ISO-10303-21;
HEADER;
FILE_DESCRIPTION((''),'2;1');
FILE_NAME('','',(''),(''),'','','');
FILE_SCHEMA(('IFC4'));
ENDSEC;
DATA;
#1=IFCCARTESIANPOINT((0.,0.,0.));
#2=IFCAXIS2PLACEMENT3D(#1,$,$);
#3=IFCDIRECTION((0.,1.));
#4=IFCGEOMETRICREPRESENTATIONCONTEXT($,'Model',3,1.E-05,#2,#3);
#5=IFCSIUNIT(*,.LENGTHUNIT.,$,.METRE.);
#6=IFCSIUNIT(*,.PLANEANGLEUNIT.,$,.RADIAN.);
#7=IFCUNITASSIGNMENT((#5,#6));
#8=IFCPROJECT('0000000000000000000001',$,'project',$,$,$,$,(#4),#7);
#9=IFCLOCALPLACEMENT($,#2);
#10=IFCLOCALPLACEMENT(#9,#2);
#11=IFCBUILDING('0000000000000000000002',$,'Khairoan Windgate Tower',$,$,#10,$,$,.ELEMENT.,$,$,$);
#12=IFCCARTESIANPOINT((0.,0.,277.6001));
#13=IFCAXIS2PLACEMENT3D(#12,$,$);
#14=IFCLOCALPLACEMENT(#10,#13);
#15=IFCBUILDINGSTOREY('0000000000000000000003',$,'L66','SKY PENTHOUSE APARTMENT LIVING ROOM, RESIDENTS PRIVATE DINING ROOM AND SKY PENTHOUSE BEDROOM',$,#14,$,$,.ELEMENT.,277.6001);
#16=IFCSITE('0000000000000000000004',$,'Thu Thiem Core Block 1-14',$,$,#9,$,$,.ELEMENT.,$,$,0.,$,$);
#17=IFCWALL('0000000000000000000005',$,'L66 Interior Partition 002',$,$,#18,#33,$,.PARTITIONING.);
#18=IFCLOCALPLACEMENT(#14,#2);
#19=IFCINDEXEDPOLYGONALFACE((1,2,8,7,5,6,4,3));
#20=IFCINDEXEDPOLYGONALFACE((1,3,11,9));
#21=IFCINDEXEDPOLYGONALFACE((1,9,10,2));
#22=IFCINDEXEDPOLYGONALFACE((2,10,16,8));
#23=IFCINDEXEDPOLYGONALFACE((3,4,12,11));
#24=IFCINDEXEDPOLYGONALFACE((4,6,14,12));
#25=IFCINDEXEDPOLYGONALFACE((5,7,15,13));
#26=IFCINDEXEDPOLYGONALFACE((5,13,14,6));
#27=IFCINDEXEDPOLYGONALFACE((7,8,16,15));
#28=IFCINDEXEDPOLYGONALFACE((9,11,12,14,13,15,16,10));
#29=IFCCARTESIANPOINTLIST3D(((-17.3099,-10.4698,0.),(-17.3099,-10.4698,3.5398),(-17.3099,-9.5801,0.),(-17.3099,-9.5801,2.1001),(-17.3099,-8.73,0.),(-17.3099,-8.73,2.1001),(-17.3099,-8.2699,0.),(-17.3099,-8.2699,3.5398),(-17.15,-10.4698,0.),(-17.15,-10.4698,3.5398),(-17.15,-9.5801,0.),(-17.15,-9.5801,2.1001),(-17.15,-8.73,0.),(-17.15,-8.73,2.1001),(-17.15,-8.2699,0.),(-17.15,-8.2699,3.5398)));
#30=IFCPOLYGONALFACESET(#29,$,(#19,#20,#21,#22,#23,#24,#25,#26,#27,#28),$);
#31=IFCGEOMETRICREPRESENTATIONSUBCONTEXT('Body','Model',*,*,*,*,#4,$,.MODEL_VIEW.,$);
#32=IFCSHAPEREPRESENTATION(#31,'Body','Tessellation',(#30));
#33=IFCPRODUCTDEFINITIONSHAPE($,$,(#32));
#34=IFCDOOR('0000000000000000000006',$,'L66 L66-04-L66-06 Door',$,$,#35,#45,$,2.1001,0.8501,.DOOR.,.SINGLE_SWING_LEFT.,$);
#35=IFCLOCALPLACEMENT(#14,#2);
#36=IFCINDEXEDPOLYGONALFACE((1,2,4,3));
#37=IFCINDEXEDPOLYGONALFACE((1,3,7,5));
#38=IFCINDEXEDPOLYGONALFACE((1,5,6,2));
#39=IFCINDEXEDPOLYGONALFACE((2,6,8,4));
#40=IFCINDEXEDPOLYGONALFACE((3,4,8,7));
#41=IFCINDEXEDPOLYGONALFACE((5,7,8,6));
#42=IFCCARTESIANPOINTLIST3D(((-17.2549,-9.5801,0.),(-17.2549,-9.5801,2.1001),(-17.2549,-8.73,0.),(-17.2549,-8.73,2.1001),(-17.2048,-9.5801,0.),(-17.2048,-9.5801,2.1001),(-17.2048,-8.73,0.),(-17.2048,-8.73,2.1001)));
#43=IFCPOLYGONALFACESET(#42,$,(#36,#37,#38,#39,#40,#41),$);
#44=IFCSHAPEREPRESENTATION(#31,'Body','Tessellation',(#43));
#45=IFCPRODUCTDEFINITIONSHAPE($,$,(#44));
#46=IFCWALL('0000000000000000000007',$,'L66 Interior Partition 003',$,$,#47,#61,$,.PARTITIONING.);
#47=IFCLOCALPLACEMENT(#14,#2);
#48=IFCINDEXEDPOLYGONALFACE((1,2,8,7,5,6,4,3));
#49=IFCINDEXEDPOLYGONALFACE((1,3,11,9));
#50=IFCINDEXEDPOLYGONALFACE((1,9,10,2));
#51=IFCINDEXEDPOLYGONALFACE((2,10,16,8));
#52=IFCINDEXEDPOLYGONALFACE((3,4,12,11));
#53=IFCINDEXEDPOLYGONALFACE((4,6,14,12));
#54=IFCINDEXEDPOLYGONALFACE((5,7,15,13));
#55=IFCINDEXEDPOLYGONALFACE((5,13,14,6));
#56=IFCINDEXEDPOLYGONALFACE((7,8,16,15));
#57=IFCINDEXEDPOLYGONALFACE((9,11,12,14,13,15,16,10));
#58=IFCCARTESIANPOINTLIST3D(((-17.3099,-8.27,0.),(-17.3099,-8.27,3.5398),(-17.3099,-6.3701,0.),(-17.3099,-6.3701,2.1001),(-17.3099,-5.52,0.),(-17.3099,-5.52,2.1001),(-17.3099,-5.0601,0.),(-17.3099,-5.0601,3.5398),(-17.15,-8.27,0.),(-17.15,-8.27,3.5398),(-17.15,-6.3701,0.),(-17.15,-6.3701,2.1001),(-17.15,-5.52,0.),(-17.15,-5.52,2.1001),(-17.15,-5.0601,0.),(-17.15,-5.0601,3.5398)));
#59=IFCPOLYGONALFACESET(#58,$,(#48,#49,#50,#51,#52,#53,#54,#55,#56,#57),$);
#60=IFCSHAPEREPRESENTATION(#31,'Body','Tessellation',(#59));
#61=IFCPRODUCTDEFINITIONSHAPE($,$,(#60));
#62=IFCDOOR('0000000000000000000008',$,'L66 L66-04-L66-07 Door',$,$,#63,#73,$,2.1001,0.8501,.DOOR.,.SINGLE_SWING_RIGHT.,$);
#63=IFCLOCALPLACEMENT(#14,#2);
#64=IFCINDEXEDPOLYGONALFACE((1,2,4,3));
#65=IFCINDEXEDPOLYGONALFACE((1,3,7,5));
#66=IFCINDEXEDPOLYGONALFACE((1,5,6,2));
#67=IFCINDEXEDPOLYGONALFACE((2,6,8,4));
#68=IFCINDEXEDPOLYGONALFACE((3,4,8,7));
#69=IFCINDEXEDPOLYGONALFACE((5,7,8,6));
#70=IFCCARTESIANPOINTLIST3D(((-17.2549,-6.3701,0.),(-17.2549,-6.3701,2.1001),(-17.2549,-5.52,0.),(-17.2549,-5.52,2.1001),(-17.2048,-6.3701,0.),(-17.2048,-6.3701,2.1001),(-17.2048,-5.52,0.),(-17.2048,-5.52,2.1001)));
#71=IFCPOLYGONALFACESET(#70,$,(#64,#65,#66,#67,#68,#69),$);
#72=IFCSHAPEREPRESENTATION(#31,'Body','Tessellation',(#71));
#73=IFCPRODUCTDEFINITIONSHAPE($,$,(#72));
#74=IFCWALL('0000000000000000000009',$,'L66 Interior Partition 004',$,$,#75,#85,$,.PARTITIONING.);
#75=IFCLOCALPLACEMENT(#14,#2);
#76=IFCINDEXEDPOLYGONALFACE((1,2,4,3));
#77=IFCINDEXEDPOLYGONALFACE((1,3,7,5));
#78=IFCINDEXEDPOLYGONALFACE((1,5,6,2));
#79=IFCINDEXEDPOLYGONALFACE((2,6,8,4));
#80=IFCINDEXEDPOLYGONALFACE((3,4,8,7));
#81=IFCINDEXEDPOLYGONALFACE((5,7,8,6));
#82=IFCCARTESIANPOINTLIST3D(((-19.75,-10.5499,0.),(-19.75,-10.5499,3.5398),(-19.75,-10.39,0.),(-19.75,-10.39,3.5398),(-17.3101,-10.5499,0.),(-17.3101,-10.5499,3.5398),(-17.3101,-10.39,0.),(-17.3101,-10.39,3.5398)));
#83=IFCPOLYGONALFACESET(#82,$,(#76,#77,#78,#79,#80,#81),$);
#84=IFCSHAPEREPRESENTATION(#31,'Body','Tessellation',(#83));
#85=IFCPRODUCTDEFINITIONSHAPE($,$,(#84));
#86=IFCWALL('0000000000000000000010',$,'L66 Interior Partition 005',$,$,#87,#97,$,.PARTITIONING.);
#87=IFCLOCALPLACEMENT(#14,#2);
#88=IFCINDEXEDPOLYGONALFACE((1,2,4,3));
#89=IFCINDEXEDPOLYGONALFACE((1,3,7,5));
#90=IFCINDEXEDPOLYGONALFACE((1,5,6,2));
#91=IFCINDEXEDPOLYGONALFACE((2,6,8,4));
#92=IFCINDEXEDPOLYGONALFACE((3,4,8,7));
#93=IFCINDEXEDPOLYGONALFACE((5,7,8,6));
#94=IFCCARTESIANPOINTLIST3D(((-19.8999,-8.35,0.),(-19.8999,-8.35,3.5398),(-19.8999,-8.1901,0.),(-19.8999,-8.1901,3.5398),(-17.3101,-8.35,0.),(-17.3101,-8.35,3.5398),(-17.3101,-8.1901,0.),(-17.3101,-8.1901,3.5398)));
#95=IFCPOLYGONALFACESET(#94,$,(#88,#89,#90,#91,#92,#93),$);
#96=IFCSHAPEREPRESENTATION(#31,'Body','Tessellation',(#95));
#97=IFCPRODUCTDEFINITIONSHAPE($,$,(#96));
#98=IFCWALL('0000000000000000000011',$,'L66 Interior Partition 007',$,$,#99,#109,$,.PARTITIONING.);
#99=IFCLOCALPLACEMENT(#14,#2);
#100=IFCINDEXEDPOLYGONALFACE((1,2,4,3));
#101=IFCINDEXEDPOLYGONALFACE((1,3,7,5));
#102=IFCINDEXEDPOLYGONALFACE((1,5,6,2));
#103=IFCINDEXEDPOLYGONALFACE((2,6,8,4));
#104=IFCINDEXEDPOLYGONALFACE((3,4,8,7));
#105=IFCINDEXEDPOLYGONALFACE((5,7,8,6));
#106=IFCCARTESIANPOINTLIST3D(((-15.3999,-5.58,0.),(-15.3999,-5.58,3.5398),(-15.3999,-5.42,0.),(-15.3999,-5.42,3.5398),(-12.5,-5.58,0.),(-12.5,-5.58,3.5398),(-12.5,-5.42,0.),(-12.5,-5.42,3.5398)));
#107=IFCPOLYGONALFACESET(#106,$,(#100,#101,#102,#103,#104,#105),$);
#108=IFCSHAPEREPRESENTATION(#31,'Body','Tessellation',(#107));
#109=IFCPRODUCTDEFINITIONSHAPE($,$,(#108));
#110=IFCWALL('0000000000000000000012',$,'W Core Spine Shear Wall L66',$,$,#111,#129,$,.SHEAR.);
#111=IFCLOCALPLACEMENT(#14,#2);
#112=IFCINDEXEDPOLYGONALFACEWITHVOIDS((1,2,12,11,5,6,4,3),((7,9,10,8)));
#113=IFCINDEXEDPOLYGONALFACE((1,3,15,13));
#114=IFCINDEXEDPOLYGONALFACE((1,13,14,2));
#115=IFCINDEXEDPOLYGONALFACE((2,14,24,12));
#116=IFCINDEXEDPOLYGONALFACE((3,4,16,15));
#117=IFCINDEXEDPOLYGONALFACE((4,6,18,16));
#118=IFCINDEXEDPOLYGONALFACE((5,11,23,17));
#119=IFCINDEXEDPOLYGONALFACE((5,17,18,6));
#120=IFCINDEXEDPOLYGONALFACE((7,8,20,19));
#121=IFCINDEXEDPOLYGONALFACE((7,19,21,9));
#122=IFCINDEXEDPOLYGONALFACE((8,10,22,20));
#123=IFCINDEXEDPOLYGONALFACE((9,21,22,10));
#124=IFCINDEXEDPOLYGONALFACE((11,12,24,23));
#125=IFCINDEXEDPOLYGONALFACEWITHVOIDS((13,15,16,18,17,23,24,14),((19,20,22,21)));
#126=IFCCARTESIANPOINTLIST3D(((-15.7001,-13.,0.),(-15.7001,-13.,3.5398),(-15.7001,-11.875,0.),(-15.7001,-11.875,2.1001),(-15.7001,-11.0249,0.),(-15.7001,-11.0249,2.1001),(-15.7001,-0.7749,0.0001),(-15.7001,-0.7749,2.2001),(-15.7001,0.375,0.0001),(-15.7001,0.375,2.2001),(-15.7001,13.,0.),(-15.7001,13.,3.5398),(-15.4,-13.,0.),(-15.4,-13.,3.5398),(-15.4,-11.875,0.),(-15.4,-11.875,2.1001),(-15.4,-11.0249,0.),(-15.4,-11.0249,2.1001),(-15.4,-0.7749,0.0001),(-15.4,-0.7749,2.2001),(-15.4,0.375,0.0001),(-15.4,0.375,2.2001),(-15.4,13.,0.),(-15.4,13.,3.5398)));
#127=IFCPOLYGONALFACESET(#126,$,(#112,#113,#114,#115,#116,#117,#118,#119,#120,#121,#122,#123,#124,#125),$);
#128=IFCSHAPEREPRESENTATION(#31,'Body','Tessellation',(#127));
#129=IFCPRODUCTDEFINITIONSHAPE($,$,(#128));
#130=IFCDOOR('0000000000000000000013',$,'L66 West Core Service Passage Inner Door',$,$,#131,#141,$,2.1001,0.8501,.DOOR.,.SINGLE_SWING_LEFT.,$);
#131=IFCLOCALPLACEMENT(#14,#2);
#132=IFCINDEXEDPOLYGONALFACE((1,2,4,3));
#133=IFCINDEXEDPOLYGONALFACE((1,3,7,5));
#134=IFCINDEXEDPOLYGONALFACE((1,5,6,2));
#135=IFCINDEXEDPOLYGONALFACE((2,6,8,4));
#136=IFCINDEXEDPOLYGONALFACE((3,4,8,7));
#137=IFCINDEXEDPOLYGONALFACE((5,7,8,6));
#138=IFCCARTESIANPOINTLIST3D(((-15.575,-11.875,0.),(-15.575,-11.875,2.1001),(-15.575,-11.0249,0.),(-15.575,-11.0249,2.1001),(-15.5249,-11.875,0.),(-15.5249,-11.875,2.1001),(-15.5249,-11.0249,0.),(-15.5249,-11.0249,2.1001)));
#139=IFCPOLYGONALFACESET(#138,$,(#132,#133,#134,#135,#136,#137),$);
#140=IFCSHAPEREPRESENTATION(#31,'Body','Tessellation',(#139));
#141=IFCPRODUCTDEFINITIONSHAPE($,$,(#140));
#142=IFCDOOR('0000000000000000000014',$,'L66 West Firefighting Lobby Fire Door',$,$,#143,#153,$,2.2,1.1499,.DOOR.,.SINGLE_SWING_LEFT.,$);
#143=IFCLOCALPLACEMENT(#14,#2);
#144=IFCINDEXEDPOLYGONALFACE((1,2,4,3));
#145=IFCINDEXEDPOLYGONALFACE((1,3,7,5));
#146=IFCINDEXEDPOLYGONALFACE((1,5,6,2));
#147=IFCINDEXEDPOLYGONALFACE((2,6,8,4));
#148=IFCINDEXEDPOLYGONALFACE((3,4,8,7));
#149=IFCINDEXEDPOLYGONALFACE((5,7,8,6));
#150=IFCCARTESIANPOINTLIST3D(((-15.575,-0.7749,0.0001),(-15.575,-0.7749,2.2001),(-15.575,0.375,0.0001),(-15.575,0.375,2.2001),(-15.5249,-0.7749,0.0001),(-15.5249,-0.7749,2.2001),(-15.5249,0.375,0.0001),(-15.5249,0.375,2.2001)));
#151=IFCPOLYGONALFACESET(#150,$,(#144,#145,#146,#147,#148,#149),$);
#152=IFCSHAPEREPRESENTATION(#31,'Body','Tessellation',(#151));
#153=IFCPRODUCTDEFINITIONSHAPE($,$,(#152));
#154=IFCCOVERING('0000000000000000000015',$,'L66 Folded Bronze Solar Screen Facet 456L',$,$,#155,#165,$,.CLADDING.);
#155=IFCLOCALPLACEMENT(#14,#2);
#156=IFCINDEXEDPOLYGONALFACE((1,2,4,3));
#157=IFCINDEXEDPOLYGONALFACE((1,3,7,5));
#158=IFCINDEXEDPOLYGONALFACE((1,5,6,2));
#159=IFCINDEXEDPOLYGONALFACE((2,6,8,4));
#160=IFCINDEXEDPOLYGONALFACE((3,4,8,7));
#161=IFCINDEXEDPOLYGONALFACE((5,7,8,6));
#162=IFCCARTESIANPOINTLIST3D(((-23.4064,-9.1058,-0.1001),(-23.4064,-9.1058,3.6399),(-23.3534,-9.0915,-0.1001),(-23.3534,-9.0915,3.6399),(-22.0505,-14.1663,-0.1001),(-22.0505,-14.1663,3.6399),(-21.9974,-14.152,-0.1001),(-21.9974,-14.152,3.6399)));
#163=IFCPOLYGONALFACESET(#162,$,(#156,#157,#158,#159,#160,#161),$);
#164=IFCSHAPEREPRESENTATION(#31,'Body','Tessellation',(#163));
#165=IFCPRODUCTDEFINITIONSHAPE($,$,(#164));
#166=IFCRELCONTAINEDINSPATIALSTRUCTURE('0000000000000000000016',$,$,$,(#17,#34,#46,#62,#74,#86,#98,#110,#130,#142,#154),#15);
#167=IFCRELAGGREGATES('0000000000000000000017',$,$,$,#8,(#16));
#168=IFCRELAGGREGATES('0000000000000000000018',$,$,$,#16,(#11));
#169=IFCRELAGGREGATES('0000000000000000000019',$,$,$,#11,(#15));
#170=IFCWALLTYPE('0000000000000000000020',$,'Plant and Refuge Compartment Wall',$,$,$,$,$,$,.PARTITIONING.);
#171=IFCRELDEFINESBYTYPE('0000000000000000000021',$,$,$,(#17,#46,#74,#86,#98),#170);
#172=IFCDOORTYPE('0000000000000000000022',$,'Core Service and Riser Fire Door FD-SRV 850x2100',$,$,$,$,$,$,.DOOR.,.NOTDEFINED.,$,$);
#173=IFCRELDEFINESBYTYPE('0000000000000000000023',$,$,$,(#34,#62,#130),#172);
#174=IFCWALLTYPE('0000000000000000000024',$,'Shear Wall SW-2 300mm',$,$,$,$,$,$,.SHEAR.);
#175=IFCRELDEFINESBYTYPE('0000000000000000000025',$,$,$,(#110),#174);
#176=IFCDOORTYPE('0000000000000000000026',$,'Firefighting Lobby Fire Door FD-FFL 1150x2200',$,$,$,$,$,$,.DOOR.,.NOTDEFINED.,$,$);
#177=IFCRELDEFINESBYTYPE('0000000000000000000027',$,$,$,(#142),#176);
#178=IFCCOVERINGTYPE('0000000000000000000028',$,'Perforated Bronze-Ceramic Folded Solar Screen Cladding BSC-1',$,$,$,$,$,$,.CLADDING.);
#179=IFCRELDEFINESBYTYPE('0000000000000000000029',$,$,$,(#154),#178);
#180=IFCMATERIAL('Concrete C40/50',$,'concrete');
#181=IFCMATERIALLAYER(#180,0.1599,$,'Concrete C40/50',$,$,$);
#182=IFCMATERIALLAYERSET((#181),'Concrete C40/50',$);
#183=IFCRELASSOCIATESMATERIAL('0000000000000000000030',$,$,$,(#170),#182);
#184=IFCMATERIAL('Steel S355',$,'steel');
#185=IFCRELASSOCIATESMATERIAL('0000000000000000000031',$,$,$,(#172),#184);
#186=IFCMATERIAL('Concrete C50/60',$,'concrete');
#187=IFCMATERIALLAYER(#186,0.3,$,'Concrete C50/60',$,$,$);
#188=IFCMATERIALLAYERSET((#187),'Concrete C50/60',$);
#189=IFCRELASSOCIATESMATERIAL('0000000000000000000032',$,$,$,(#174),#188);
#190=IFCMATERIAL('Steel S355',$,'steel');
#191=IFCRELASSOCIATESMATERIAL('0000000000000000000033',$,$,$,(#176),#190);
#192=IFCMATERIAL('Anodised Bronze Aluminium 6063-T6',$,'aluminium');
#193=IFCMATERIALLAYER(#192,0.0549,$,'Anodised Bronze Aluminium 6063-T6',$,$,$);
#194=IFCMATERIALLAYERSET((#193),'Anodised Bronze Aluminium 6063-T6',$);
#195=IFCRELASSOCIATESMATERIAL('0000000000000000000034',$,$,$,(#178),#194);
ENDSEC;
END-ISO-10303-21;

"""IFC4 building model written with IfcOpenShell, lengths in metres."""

from ifc_helpers import new_model, si_unit, direction, frame, frame_2d, origin, origin_2d, place, context, subcontext, project, spatial, rectangle, extrude, material, layer, layer_set, type_object, element, fill, save


model = new_model("IFC4")

# Units and contexts
model_context = context("Model", 3, precision=1e-05, world=origin(), true_north=direction((0.0, 1.0)))
body_context = subcontext(model_context, "Body", "Model", "MODEL_VIEW")
ifc_project = project(units=[si_unit("LENGTHUNIT", "METRE"), si_unit("PLANEANGLEUNIT", "RADIAN")], contexts=[model_context])

# Site, building, storey
site_placement = place(None, origin())
site = spatial("IfcSite", under=ifc_project, at=site_placement, Name="Thu Thiem Core Block 1-14", CompositionType="ELEMENT", RefElevation=0.0)
building_placement = place(site_placement, origin())
building = spatial("IfcBuilding", under=site, at=building_placement, Name="Khairoan Windgate Tower", CompositionType="ELEMENT")
storey_placement = place(building_placement, frame((0.0, 0.0, 277.6001)))
storey = spatial("IfcBuildingStorey", under=building, at=storey_placement, Name="L66", Description="SKY PENTHOUSE APARTMENT LIVING ROOM, RESIDENTS PRIVATE DINING ROOM AND SKY PENTHOUSE BEDROOM", CompositionType="ELEMENT", Elevation=277.6001)

# Walls, openings, doors
ifc_material_1 = material(Name="Concrete C40/50", Category="concrete")
ifc_layer_1 = layer(ifc_material_1, 0.1599, Name="Concrete C40/50")
ifc_layer_set_1 = layer_set([ifc_layer_1], Name="Concrete C40/50")
wall_type_1 = type_object("IfcWallType", Name="Plant and Refuge Compartment Wall", PredefinedType="PARTITIONING", material=ifc_layer_set_1)
ifc_material_2 = material(Name="Steel S355", Category="steel")
door_type_1 = type_object("IfcDoorType", Name="Core Service and Riser Fire Door FD-SRV 850x2100", OperationType="NOTDEFINED", PredefinedType="DOOR", material=ifc_material_2)
wall_1_placement = place(storey_placement, frame((-17.23, -10.47, 0.0), z_axis=(0.0, 0.0, 1.0), x_axis=(0.0, 1.0, 0.0)))
wall_1 = element("IfcWall", 1, at=wall_1_placement, inside=storey, type_object=wall_type_1, Name="L66 Interior Partition 002", PredefinedType="PARTITIONING", context=body_context, shape_type="SweptSolid", body=[
    extrude(rectangle(XDim=2.2, YDim=0.1599, at=frame_2d((1.1001, 0.0))), origin(), (0.0, 0.0, 1.0), 3.5398),
])
opening_1_placement = place(wall_1_placement, frame((0.8899, 0.0, 0.0)))
opening_1 = element("IfcOpeningElement", 2, at=opening_1_placement, cuts=wall_1, PredefinedType="OPENING", context=body_context, shape_type="SweptSolid", body=[
    extrude(rectangle(XDim=0.8501, YDim=2.1001, at=frame_2d((0.425, 1.05))), frame((0.0, 0.0898, 0.0), z_axis=(0.0, -1.0, 0.0), x_axis=(1.0, 0.0, 0.0)), (0.0, 0.0, 1.0), 0.1799),
])
door_1_placement = place(opening_1_placement, origin())
door_1 = element("IfcDoor", 3, at=door_1_placement, inside=storey, type_object=door_type_1, Name="L66 L66-04-L66-06 Door", OperationType="SINGLE_SWING_LEFT", OverallHeight=2.1001, OverallWidth=0.8501, PredefinedType="DOOR", context=body_context, shape_type="SweptSolid", body=[
    extrude(rectangle(XDim=0.8501, YDim=2.1001, at=frame_2d((0.425, 1.05))), frame((0.0, 0.0249, 0.0), z_axis=(0.0, -1.0, 0.0), x_axis=(1.0, 0.0, 0.0)), (0.0, 0.0, 1.0), 0.05),
])
fill(opening_1, door_1)
wall_2_placement = place(storey_placement, frame((-17.23, -8.27, 0.0), z_axis=(0.0, 0.0, 1.0), x_axis=(0.0, 1.0, 0.0)))
wall_2 = element("IfcWall", 4, at=wall_2_placement, inside=storey, type_object=wall_type_1, Name="L66 Interior Partition 003", PredefinedType="PARTITIONING", context=body_context, shape_type="SweptSolid", body=[
    extrude(rectangle(XDim=3.21, YDim=0.1599, at=frame_2d((1.605, 0.0))), origin(), (0.0, 0.0, 1.0), 3.5398),
])
opening_2_placement = place(wall_2_placement, frame((1.8999, 0.0, 0.0)))
opening_2 = element("IfcOpeningElement", 5, at=opening_2_placement, cuts=wall_2, PredefinedType="OPENING", context=body_context, shape_type="SweptSolid", body=[
    extrude(rectangle(XDim=0.8501, YDim=2.1001, at=frame_2d((0.425, 1.05))), frame((0.0, 0.0898, 0.0), z_axis=(0.0, -1.0, 0.0), x_axis=(1.0, 0.0, 0.0)), (0.0, 0.0, 1.0), 0.1799),
])
door_2_placement = place(opening_2_placement, origin())
door_2 = element("IfcDoor", 6, at=door_2_placement, inside=storey, type_object=door_type_1, Name="L66 L66-04-L66-07 Door", OperationType="SINGLE_SWING_RIGHT", OverallHeight=2.1001, OverallWidth=0.8501, PredefinedType="DOOR", context=body_context, shape_type="SweptSolid", body=[
    extrude(rectangle(XDim=0.8501, YDim=2.1001, at=frame_2d((0.425, 1.05))), frame((0.0, 0.0249, 0.0), z_axis=(0.0, -1.0, 0.0), x_axis=(1.0, 0.0, 0.0)), (0.0, 0.0, 1.0), 0.05),
])
fill(opening_2, door_2)

# Walls
wall_3_placement = place(storey_placement, frame((-19.75, -10.47, 0.0), z_axis=(0.0, 0.0, 1.0), x_axis=(1.0, 0.0, 0.0)))
element("IfcWall", 7, at=wall_3_placement, inside=storey, type_object=wall_type_1, Name="L66 Interior Partition 004", PredefinedType="PARTITIONING", context=body_context, shape_type="SweptSolid", body=[
    extrude(rectangle(XDim=2.4399, YDim=0.1599, at=frame_2d((1.22, 0.0))), origin(), (0.0, 0.0, 1.0), 3.5398),
])
wall_4_placement = place(storey_placement, frame((-19.8999, -8.27, 0.0), z_axis=(0.0, 0.0, 1.0), x_axis=(1.0, 0.0, 0.0)))
element("IfcWall", 8, at=wall_4_placement, inside=storey, type_object=wall_type_1, Name="L66 Interior Partition 005", PredefinedType="PARTITIONING", context=body_context, shape_type="SweptSolid", body=[
    extrude(rectangle(XDim=2.5898, YDim=0.1599, at=frame_2d((1.2949, 0.0))), origin(), (0.0, 0.0, 1.0), 3.5398),
])
wall_5_placement = place(storey_placement, frame((-15.3999, -5.5, 0.0), z_axis=(0.0, 0.0, 1.0), x_axis=(1.0, 0.0, 0.0)))
element("IfcWall", 9, at=wall_5_placement, inside=storey, type_object=wall_type_1, Name="L66 Interior Partition 007", PredefinedType="PARTITIONING", context=body_context, shape_type="SweptSolid", body=[
    extrude(rectangle(XDim=2.8999, YDim=0.1599, at=frame_2d((1.45, 0.0))), origin(), (0.0, 0.0, 1.0), 3.5398),
])

# Wall, openings, doors
ifc_material_3 = material(Name="Concrete C50/60", Category="concrete")
ifc_layer_2 = layer(ifc_material_3, 0.3, Name="Concrete C50/60")
ifc_layer_set_2 = layer_set([ifc_layer_2], Name="Concrete C50/60")
wall_type_2 = type_object("IfcWallType", Name="Shear Wall SW-2 300mm", PredefinedType="SHEAR", material=ifc_layer_set_2)
wall_6_placement = place(storey_placement, frame((-15.55, -13.0, 0.0), z_axis=(0.0, 0.0, 1.0), x_axis=(0.0, 1.0, 0.0)))
wall_6 = element("IfcWall", 10, at=wall_6_placement, inside=storey, type_object=wall_type_2, Name="W Core Spine Shear Wall L66", PredefinedType="SHEAR", context=body_context, shape_type="SweptSolid", body=[
    extrude(rectangle(XDim=26.0, YDim=0.3, at=frame_2d((13.0, 0.0))), origin(), (0.0, 0.0, 1.0), 3.5398),
])
opening_3_placement = place(wall_6_placement, frame((12.2251, 0.0, 0.0)))
opening_3 = element("IfcOpeningElement", 11, at=opening_3_placement, cuts=wall_6, PredefinedType="OPENING", context=body_context, shape_type="SweptSolid", body=[
    extrude(rectangle(XDim=1.1499, YDim=2.2, at=frame_2d((0.575, 1.1001))), frame((0.0, 0.1599, 0.0), z_axis=(0.0, -1.0, 0.0), x_axis=(1.0, 0.0, 0.0)), (0.0, 0.0, 1.0), 0.3201),
])
opening_4_placement = place(wall_6_placement, frame((1.125, 0.0, 0.0)))
opening_4 = element("IfcOpeningElement", 12, at=opening_4_placement, cuts=wall_6, PredefinedType="OPENING", context=body_context, shape_type="SweptSolid", body=[
    extrude(rectangle(XDim=0.8501, YDim=2.1001, at=frame_2d((0.425, 1.05))), frame((0.0, 0.1599, 0.0), z_axis=(0.0, -1.0, 0.0), x_axis=(1.0, 0.0, 0.0)), (0.0, 0.0, 1.0), 0.3201),
])
door_3_placement = place(opening_4_placement, origin())
door_3 = element("IfcDoor", 13, at=door_3_placement, inside=storey, type_object=door_type_1, Name="L66 West Core Service Passage Inner Door", OperationType="SINGLE_SWING_LEFT", OverallHeight=2.1001, OverallWidth=0.8501, PredefinedType="DOOR", context=body_context, shape_type="SweptSolid", body=[
    extrude(rectangle(XDim=0.8501, YDim=2.1001, at=frame_2d((0.425, 1.05))), frame((0.0, 0.0249, 0.0), z_axis=(0.0, -1.0, 0.0), x_axis=(1.0, 0.0, 0.0)), (0.0, 0.0, 1.0), 0.05),
])
fill(opening_4, door_3)
ifc_material_4 = material(Name="Steel S355", Category="steel")
door_type_2 = type_object("IfcDoorType", Name="Firefighting Lobby Fire Door FD-FFL 1150x2200", OperationType="NOTDEFINED", PredefinedType="DOOR", material=ifc_material_4)
door_4_placement = place(opening_3_placement, origin())
door_4 = element("IfcDoor", 14, at=door_4_placement, inside=storey, type_object=door_type_2, Name="L66 West Firefighting Lobby Fire Door", OperationType="SINGLE_SWING_LEFT", OverallHeight=2.2, OverallWidth=1.1499, PredefinedType="DOOR", context=body_context, shape_type="SweptSolid", body=[
    extrude(rectangle(XDim=1.1499, YDim=2.2, at=frame_2d((0.575, 1.1001))), frame((0.0, 0.0249, 0.0), z_axis=(0.0, -1.0, 0.0), x_axis=(1.0, 0.0, 0.0)), (0.0, 0.0, 1.0), 0.05),
])
fill(opening_3, door_4)

# Covering
ifc_material_5 = material(Name="Anodised Bronze Aluminium 6063-T6", Category="aluminium")
ifc_layer_3 = layer(ifc_material_5, 0.0549, Name="Anodised Bronze Aluminium 6063-T6")
ifc_layer_set_3 = layer_set([ifc_layer_3], Name="Anodised Bronze Aluminium 6063-T6")
covering_type = type_object("IfcCoveringType", Name="Perforated Bronze-Ceramic Folded Solar Screen Cladding BSC-1", PredefinedType="CLADDING", material=ifc_layer_set_3)
covering_placement = place(storey_placement, frame((-22.7019, -11.6289, -0.1001), z_axis=(0.0, 0.0, 1.0), x_axis=(-0.258819, 0.965926, 0.0)))
element("IfcCovering", 15, at=covering_placement, inside=storey, type_object=covering_type, Name="L66 Folded Bronze Solar Screen Facet 456L", PredefinedType="CLADDING", context=body_context, shape_type="SweptSolid", body=[
    extrude(rectangle(XDim=5.239, YDim=0.0549, at=origin_2d()), origin(), (0.0, 0.0, 1.0), 3.74),
])

save(model, "model.ifc")
